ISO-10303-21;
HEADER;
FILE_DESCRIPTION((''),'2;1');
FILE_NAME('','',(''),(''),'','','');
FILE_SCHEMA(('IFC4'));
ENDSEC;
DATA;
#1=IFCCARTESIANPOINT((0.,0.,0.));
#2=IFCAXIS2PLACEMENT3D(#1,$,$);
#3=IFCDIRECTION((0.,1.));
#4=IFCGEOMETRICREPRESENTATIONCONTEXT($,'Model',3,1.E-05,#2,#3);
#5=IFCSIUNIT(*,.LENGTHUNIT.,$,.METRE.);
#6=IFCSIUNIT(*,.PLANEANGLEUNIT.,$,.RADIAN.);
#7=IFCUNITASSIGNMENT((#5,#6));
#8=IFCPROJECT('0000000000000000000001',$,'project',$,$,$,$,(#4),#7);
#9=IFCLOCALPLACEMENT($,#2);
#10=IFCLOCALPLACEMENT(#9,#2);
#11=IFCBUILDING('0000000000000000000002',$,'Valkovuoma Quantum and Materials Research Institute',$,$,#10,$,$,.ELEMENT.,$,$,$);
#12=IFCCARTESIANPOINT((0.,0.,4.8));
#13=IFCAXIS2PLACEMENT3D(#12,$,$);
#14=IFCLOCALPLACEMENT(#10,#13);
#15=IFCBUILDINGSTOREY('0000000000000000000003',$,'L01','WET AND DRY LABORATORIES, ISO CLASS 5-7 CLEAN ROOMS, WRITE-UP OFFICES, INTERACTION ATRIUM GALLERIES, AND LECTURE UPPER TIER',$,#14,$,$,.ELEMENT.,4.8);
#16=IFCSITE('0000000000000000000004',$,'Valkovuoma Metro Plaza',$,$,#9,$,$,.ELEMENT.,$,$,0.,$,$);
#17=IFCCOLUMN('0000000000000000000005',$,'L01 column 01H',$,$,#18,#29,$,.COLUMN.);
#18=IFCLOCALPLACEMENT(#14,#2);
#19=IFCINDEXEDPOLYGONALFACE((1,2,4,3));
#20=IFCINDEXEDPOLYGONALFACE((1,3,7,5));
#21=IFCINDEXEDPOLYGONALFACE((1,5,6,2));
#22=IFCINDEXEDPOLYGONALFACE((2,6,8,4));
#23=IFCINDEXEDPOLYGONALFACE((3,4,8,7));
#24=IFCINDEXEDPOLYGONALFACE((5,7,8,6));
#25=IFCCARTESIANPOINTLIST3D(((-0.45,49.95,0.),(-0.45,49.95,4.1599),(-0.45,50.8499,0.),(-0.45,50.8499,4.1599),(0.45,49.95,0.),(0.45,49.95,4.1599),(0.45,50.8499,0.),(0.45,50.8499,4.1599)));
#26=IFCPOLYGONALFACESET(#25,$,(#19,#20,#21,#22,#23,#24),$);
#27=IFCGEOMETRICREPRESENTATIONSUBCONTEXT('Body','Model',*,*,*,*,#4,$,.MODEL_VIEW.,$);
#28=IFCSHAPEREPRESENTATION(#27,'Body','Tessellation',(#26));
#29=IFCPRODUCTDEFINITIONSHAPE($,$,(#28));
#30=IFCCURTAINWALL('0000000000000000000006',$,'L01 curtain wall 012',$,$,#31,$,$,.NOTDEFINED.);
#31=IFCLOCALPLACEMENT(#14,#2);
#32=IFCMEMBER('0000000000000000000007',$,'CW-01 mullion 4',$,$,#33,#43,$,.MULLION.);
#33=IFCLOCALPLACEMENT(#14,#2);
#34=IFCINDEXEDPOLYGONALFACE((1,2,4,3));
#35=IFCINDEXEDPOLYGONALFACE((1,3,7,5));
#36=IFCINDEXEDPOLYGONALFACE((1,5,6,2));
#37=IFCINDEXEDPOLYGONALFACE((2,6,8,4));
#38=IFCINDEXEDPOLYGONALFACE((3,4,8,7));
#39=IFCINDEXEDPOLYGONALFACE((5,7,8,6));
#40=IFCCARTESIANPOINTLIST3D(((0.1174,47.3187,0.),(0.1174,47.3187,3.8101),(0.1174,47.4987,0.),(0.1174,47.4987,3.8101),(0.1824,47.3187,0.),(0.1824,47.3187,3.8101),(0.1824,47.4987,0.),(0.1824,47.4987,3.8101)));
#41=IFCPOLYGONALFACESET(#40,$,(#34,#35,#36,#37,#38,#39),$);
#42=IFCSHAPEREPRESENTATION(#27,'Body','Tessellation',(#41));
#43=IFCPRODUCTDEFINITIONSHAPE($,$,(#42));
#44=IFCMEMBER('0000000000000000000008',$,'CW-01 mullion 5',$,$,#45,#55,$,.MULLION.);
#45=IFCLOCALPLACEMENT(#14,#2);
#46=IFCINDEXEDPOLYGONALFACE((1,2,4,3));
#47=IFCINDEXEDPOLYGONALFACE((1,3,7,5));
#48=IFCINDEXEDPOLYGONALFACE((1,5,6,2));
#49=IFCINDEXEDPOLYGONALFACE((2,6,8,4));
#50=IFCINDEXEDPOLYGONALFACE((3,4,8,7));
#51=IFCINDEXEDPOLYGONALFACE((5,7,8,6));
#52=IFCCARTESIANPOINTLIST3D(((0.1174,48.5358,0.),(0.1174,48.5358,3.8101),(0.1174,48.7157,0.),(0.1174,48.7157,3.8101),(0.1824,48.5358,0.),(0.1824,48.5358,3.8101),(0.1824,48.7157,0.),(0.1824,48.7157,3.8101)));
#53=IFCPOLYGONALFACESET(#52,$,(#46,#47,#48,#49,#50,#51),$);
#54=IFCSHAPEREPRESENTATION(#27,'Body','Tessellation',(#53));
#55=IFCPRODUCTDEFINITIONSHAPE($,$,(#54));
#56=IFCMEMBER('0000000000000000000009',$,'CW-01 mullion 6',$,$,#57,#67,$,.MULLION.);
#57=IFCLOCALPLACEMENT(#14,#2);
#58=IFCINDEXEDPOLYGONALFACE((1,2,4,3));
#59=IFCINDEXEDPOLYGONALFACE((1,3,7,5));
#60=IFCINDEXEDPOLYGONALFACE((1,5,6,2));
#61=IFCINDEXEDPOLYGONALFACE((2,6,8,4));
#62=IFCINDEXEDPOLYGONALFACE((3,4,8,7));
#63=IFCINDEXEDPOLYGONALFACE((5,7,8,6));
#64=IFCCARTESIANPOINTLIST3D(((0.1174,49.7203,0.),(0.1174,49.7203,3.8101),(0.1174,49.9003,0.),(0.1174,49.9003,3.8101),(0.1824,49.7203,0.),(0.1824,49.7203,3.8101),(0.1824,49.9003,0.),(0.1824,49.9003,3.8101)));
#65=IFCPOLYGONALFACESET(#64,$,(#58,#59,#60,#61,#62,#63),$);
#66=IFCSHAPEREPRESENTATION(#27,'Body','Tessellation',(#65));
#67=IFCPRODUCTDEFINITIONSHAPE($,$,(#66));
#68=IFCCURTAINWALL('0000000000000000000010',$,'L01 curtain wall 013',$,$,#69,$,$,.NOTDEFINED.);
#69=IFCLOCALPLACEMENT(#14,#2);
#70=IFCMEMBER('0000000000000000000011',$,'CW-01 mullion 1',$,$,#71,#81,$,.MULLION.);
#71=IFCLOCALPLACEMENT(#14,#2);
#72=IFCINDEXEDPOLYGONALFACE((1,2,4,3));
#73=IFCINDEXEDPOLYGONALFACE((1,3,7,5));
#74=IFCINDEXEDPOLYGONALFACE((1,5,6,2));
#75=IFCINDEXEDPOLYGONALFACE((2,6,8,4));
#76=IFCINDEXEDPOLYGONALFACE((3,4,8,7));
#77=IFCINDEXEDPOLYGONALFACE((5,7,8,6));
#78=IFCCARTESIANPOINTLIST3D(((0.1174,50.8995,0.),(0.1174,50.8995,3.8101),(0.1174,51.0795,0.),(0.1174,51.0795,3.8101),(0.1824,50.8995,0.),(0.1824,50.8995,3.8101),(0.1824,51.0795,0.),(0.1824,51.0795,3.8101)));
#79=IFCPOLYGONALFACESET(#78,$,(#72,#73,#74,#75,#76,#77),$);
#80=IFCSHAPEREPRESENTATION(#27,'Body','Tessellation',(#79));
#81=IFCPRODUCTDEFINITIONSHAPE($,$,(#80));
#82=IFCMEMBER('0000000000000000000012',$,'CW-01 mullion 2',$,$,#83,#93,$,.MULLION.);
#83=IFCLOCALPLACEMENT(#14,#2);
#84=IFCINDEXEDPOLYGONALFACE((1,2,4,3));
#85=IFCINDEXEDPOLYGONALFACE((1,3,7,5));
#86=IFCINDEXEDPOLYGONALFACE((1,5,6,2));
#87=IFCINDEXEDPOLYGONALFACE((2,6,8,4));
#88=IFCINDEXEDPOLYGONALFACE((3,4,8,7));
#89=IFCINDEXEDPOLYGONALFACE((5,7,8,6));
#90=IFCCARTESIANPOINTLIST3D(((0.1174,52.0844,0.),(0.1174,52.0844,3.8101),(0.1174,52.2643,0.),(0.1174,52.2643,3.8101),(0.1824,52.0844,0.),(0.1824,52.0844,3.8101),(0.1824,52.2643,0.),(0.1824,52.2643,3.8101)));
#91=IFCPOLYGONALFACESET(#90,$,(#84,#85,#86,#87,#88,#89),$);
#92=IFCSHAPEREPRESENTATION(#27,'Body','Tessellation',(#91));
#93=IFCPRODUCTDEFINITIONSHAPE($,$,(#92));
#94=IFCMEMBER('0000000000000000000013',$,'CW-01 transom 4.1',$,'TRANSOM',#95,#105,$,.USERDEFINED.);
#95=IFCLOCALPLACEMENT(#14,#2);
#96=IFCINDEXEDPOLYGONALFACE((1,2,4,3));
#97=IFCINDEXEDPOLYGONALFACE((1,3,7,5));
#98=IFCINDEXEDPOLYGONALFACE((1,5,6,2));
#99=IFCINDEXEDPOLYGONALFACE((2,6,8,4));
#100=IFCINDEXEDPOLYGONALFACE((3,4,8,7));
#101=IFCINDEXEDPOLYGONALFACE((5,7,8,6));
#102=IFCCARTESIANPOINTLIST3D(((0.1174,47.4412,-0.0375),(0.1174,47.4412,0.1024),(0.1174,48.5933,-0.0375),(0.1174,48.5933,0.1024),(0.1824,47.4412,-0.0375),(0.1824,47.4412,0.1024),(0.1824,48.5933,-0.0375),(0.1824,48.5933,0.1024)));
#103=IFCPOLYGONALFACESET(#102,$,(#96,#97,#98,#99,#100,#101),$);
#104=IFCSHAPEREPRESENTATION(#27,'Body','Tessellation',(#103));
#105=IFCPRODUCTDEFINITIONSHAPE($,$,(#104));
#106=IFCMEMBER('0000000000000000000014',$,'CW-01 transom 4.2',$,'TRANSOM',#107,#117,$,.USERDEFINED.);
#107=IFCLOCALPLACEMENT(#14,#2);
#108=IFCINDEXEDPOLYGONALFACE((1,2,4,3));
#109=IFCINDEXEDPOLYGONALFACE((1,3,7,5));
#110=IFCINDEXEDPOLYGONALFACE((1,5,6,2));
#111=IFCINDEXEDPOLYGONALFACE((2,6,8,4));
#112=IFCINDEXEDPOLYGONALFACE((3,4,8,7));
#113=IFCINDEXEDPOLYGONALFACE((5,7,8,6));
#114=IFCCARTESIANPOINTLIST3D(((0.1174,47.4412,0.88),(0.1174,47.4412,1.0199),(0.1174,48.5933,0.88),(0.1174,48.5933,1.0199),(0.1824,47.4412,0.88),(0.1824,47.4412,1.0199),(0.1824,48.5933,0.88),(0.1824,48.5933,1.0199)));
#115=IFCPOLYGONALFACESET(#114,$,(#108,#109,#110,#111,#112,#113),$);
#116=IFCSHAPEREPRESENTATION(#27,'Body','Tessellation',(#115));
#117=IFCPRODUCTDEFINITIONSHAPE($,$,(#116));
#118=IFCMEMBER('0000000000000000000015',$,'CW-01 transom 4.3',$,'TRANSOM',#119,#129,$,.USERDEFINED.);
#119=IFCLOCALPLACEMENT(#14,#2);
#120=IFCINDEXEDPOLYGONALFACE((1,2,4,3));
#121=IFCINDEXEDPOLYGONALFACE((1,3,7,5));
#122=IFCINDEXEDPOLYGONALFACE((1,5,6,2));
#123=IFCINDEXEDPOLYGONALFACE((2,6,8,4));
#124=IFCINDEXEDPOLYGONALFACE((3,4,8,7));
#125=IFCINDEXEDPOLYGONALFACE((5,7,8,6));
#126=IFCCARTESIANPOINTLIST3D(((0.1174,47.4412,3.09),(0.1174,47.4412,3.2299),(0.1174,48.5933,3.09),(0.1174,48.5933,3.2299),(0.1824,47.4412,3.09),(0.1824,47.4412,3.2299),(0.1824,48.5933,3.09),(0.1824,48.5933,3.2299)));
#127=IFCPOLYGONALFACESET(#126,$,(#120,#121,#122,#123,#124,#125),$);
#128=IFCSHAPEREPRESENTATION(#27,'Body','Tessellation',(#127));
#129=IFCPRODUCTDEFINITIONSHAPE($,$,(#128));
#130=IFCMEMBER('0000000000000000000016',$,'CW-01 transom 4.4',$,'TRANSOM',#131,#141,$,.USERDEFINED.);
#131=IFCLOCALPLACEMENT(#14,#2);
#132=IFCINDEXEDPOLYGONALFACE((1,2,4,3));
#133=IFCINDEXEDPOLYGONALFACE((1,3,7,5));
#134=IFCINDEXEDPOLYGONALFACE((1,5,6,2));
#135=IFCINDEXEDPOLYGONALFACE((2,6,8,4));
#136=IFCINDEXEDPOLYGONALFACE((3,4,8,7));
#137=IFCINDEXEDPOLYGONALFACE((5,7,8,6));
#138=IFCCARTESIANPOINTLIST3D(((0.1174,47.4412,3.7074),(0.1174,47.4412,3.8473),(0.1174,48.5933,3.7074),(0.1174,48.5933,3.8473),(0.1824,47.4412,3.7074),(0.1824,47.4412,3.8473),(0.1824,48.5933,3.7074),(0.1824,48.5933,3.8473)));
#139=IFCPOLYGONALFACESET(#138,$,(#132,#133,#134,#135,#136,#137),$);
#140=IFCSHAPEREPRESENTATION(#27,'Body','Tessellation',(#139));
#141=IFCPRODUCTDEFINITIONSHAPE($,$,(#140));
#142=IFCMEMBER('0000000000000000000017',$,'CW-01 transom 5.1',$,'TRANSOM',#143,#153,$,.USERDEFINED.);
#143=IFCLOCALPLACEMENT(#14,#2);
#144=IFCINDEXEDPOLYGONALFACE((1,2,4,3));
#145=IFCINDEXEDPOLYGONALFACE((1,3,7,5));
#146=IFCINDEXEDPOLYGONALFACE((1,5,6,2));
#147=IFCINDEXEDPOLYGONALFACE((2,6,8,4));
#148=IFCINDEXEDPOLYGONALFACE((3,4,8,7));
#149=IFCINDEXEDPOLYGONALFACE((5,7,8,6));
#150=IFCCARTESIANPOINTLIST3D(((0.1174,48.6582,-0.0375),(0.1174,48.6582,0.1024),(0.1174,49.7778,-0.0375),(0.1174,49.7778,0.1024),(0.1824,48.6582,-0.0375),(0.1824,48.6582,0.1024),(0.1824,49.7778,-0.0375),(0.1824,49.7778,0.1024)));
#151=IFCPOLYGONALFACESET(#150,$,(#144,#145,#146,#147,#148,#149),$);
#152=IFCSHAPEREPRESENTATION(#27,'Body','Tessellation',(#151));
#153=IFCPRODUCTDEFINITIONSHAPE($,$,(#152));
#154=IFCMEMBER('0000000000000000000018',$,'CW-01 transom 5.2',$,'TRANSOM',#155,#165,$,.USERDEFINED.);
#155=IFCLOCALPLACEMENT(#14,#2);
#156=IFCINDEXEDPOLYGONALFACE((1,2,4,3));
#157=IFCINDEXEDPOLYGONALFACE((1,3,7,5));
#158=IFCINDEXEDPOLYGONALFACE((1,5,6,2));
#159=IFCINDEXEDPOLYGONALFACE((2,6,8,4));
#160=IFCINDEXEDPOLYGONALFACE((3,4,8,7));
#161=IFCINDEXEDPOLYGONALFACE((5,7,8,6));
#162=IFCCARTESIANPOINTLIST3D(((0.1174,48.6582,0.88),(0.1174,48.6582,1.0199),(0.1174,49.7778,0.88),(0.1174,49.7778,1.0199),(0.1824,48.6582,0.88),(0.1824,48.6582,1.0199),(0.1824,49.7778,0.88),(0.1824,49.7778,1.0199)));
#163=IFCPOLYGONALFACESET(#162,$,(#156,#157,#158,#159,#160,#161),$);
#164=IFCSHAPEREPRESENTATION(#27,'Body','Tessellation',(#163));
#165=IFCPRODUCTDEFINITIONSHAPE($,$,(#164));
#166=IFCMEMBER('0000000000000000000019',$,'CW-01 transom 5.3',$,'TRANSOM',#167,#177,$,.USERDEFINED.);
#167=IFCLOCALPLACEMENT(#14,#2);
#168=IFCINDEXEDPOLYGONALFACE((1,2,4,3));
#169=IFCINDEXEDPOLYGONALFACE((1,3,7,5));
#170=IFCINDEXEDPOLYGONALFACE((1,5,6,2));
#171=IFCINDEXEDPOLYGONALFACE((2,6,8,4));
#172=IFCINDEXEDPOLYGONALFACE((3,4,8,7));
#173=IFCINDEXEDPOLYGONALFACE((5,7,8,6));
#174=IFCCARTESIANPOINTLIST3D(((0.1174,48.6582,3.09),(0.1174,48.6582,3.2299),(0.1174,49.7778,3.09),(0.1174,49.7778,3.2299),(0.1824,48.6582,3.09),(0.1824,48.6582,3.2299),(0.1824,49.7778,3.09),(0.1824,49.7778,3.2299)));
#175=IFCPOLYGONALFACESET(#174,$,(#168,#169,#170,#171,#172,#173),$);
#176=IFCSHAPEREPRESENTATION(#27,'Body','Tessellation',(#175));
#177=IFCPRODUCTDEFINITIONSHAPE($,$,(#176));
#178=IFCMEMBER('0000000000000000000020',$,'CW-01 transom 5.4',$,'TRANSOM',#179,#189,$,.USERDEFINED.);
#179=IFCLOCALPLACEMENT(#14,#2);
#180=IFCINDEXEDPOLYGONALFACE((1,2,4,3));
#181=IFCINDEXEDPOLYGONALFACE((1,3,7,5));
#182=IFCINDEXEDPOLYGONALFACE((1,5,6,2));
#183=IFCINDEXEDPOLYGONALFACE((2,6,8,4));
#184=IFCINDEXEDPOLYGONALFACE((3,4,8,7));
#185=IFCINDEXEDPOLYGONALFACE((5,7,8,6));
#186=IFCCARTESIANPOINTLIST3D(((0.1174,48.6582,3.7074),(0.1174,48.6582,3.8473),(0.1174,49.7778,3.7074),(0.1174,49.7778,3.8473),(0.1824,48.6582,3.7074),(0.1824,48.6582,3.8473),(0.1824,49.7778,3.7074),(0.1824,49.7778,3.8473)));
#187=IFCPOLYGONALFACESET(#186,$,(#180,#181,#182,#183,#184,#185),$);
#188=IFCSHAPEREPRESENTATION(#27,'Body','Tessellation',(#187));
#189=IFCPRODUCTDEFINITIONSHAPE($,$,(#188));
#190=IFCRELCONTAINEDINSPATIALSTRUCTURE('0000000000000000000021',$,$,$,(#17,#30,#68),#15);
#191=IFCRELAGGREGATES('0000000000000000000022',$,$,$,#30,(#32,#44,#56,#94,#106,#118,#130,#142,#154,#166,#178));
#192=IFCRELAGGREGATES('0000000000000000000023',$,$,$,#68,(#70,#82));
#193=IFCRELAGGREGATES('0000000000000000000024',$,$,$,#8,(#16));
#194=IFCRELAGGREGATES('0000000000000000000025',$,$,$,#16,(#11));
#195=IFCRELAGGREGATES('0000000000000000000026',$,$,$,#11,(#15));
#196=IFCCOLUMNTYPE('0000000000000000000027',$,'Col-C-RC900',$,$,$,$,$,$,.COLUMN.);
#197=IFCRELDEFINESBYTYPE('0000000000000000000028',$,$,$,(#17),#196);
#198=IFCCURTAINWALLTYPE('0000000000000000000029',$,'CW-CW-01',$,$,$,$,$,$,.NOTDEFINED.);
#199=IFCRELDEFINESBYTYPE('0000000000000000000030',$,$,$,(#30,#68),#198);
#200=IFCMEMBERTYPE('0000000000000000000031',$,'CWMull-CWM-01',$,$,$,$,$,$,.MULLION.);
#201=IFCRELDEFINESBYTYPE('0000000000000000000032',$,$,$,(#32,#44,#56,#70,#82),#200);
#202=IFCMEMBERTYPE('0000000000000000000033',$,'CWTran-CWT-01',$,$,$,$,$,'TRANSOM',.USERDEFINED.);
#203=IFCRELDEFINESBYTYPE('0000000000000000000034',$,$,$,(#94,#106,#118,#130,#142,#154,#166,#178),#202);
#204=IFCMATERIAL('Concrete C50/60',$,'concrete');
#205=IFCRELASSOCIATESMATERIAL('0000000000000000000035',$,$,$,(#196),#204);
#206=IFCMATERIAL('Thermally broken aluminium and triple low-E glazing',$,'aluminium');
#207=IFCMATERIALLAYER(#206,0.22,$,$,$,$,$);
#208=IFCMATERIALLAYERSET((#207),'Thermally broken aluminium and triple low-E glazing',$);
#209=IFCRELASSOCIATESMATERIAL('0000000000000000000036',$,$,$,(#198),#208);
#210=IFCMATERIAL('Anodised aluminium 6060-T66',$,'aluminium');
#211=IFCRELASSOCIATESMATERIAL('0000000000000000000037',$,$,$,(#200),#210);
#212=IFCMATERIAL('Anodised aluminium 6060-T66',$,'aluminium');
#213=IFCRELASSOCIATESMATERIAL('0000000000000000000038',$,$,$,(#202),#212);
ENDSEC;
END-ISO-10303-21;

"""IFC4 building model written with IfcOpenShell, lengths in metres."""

from ifc_helpers import new_model, si_unit, direction, frame, origin, origin_2d, place, context, subcontext, project, spatial, rectangle, extrude, material, layer, layer_set, material_profile, profile_set, type_object, element, aggregate, save


model = new_model("IFC4")

# Units and contexts
model_context = context("Model", 3, precision=1e-05, world=origin(), true_north=direction((0.0, 1.0)))
body_context = subcontext(model_context, "Body", "Model", "MODEL_VIEW")
ifc_project = project(units=[si_unit("LENGTHUNIT", "METRE"), si_unit("PLANEANGLEUNIT", "RADIAN")], contexts=[model_context])

# Site, building, storey
site_placement = place(None, origin())
site = spatial("IfcSite", under=ifc_project, at=site_placement, Name="Valkovuoma Metro Plaza", CompositionType="ELEMENT", RefElevation=0.0)
building_placement = place(site_placement, origin())
building = spatial("IfcBuilding", under=site, at=building_placement, Name="Valkovuoma Quantum and Materials Research Institute", CompositionType="ELEMENT")
storey_placement = place(building_placement, frame((0.0, 0.0, 4.8)))
storey = spatial("IfcBuildingStorey", under=building, at=storey_placement, Name="L01", Description="WET AND DRY LABORATORIES, ISO CLASS 5-7 CLEAN ROOMS, WRITE-UP OFFICES, INTERACTION ATRIUM GALLERIES, AND LECTURE UPPER TIER", CompositionType="ELEMENT", Elevation=4.8)

# Column
ifc_material_1 = material(Name="Concrete C50/60", Category="concrete")
ifc_material_profile_1 = material_profile(ifc_material_1, rectangle(XDim=0.8999, YDim=0.8999, at=origin_2d()), Name="Concrete C50/60")
ifc_profile_set_1 = profile_set([ifc_material_profile_1], Name="Concrete C50/60")
column_type = type_object("IfcColumnType", Name="Col-C-RC900", PredefinedType="COLUMN", material=ifc_profile_set_1)
column_placement = place(storey_placement, frame((0.0, 50.3999, 0.0), z_axis=(0.0, 0.0, 1.0), x_axis=(1.0, 0.0, 0.0)))
element("IfcColumn", 1, at=column_placement, inside=storey, type_object=column_type, Name="L01 column 01H", PredefinedType="COLUMN", context=body_context, shape_type="SweptSolid", body=[
    extrude(rectangle(XDim=0.8999, YDim=0.8999, at=origin_2d()), origin(), (0.0, 0.0, 1.0), 4.1599),
])

# Curtain walls, members
ifc_material_2 = material(Name="Thermally broken aluminium and triple low-E glazing", Category="aluminium")
ifc_layer_1 = layer(ifc_material_2, 0.22)
ifc_layer_set_1 = layer_set([ifc_layer_1], Name="Thermally broken aluminium and triple low-E glazing")
curtain_wall_type = type_object("IfcCurtainWallType", Name="CW-CW-01", PredefinedType="NOTDEFINED", material=ifc_layer_set_1)
curtain_wall_1_placement = place(storey_placement, origin())
curtain_wall_1 = element("IfcCurtainWall", 2, at=curtain_wall_1_placement, inside=storey, type_object=curtain_wall_type, Name="L01 curtain wall 012", PredefinedType="NOTDEFINED")
ifc_material_3 = material(Name="Anodised aluminium 6060-T66", Category="aluminium")
ifc_material_profile_2 = material_profile(ifc_material_3, rectangle(XDim=0.0649, YDim=0.1799, at=origin_2d()), Name="Anodised aluminium 6060-T66")
ifc_profile_set_2 = profile_set([ifc_material_profile_2], Name="Anodised aluminium 6060-T66")
member_type_1 = type_object("IfcMemberType", Name="CWMull-CWM-01", PredefinedType="MULLION", material=ifc_profile_set_2)
member_1_placement = place(storey_placement, frame((0.1499, 47.4087, 0.0), z_axis=(0.0, 0.0, 1.0), x_axis=(-1.0, 0.0, 0.0)))
member_1 = element("IfcMember", 3, at=member_1_placement, type_object=member_type_1, Name="CW-01 mullion 4", PredefinedType="MULLION", context=body_context, shape_type="SweptSolid", body=[
    extrude(rectangle(XDim=0.0649, YDim=0.1799, at=origin_2d()), origin(), (0.0, 0.0, 1.0), 3.8101),
])
member_2_placement = place(storey_placement, frame((0.1499, 48.6257, 0.0), z_axis=(0.0, 0.0, 1.0), x_axis=(-1.0, 0.0, 0.0)))
member_2 = element("IfcMember", 4, at=member_2_placement, type_object=member_type_1, Name="CW-01 mullion 5", PredefinedType="MULLION", context=body_context, shape_type="SweptSolid", body=[
    extrude(rectangle(XDim=0.0649, YDim=0.1799, at=origin_2d()), origin(), (0.0, 0.0, 1.0), 3.8101),
])
member_3_placement = place(storey_placement, frame((0.1499, 49.8103, 0.0), z_axis=(0.0, 0.0, 1.0), x_axis=(-1.0, 0.0, 0.0)))
member_3 = element("IfcMember", 5, at=member_3_placement, type_object=member_type_1, Name="CW-01 mullion 6", PredefinedType="MULLION", context=body_context, shape_type="SweptSolid", body=[
    extrude(rectangle(XDim=0.0649, YDim=0.1799, at=origin_2d()), origin(), (0.0, 0.0, 1.0), 3.8101),
])
curtain_wall_2_placement = place(storey_placement, origin())
curtain_wall_2 = element("IfcCurtainWall", 6, at=curtain_wall_2_placement, inside=storey, type_object=curtain_wall_type, Name="L01 curtain wall 013", PredefinedType="NOTDEFINED")
member_4_placement = place(storey_placement, frame((0.1499, 50.9895, 0.0), z_axis=(0.0, 0.0, 1.0), x_axis=(-1.0, 0.0, 0.0)))
member_4 = element("IfcMember", 7, at=member_4_placement, type_object=member_type_1, Name="CW-01 mullion 1", PredefinedType="MULLION", context=body_context, shape_type="SweptSolid", body=[
    extrude(rectangle(XDim=0.0649, YDim=0.1799, at=origin_2d()), origin(), (0.0, 0.0, 1.0), 3.8101),
])
member_5_placement = place(storey_placement, frame((0.1499, 52.1743, 0.0), z_axis=(0.0, 0.0, 1.0), x_axis=(-1.0, 0.0, 0.0)))
member_5 = element("IfcMember", 8, at=member_5_placement, type_object=member_type_1, Name="CW-01 mullion 2", PredefinedType="MULLION", context=body_context, shape_type="SweptSolid", body=[
    extrude(rectangle(XDim=0.0649, YDim=0.1799, at=origin_2d()), origin(), (0.0, 0.0, 1.0), 3.8101),
])

# Members
ifc_material_4 = material(Name="Anodised aluminium 6060-T66", Category="aluminium")
ifc_material_profile_3 = material_profile(ifc_material_4, rectangle(XDim=0.0649, YDim=0.1399, at=origin_2d()), Name="Anodised aluminium 6060-T66")
ifc_profile_set_3 = profile_set([ifc_material_profile_3], Name="Anodised aluminium 6060-T66")
member_type_2 = type_object("IfcMemberType", Name="CWTran-CWT-01", ElementType="TRANSOM", PredefinedType="USERDEFINED", material=ifc_profile_set_3)
member_6_placement = place(storey_placement, frame((0.1499, 47.4412, 0.0325), z_axis=(0.0, 1.0, 0.0), x_axis=(-1.0, 0.0, 0.0)))
member_6 = element("IfcMember", 9, at=member_6_placement, type_object=member_type_2, Name="CW-01 transom 4.1", ObjectType="TRANSOM", PredefinedType="USERDEFINED", context=body_context, shape_type="SweptSolid", body=[
    extrude(rectangle(XDim=0.0649, YDim=0.1399, at=origin_2d()), origin(), (0.0, 0.0, 1.0), 1.1521),
])
member_7_placement = place(storey_placement, frame((0.1499, 47.4412, 0.95), z_axis=(0.0, 1.0, 0.0), x_axis=(-1.0, 0.0, 0.0)))
member_7 = element("IfcMember", 10, at=member_7_placement, type_object=member_type_2, Name="CW-01 transom 4.2", ObjectType="TRANSOM", PredefinedType="USERDEFINED", context=body_context, shape_type="SweptSolid", body=[
    extrude(rectangle(XDim=0.0649, YDim=0.1399, at=origin_2d()), origin(), (0.0, 0.0, 1.0), 1.1521),
])
member_8_placement = place(storey_placement, frame((0.1499, 47.4412, 3.1599), z_axis=(0.0, 1.0, 0.0), x_axis=(-1.0, 0.0, 0.0)))
member_8 = element("IfcMember", 11, at=member_8_placement, type_object=member_type_2, Name="CW-01 transom 4.3", ObjectType="TRANSOM", PredefinedType="USERDEFINED", context=body_context, shape_type="SweptSolid", body=[
    extrude(rectangle(XDim=0.0649, YDim=0.1399, at=origin_2d()), origin(), (0.0, 0.0, 1.0), 1.1521),
])
member_9_placement = place(storey_placement, frame((0.1499, 47.4412, 3.7773), z_axis=(0.0, 1.0, 0.0), x_axis=(-1.0, 0.0, 0.0)))
member_9 = element("IfcMember", 12, at=member_9_placement, type_object=member_type_2, Name="CW-01 transom 4.4", ObjectType="TRANSOM", PredefinedType="USERDEFINED", context=body_context, shape_type="SweptSolid", body=[
    extrude(rectangle(XDim=0.0649, YDim=0.1399, at=origin_2d()), origin(), (0.0, 0.0, 1.0), 1.1521),
])
member_10_placement = place(storey_placement, frame((0.1499, 48.6582, 0.0325), z_axis=(0.0, 1.0, 0.0), x_axis=(-1.0, 0.0, 0.0)))
member_10 = element("IfcMember", 13, at=member_10_placement, type_object=member_type_2, Name="CW-01 transom 5.1", ObjectType="TRANSOM", PredefinedType="USERDEFINED", context=body_context, shape_type="SweptSolid", body=[
    extrude(rectangle(XDim=0.0649, YDim=0.1399, at=origin_2d()), origin(), (0.0, 0.0, 1.0), 1.1196),
])
member_11_placement = place(storey_placement, frame((0.1499, 48.6582, 0.95), z_axis=(0.0, 1.0, 0.0), x_axis=(-1.0, 0.0, 0.0)))
member_11 = element("IfcMember", 14, at=member_11_placement, type_object=member_type_2, Name="CW-01 transom 5.2", ObjectType="TRANSOM", PredefinedType="USERDEFINED", context=body_context, shape_type="SweptSolid", body=[
    extrude(rectangle(XDim=0.0649, YDim=0.1399, at=origin_2d()), origin(), (0.0, 0.0, 1.0), 1.1196),
])
member_12_placement = place(storey_placement, frame((0.1499, 48.6582, 3.1599), z_axis=(0.0, 1.0, 0.0), x_axis=(-1.0, 0.0, 0.0)))
member_12 = element("IfcMember", 15, at=member_12_placement, type_object=member_type_2, Name="CW-01 transom 5.3", ObjectType="TRANSOM", PredefinedType="USERDEFINED", context=body_context, shape_type="SweptSolid", body=[
    extrude(rectangle(XDim=0.0649, YDim=0.1399, at=origin_2d()), origin(), (0.0, 0.0, 1.0), 1.1196),
])
member_13_placement = place(storey_placement, frame((0.1499, 48.6582, 3.7773), z_axis=(0.0, 1.0, 0.0), x_axis=(-1.0, 0.0, 0.0)))
member_13 = element("IfcMember", 16, at=member_13_placement, type_object=member_type_2, Name="CW-01 transom 5.4", ObjectType="TRANSOM", PredefinedType="USERDEFINED", context=body_context, shape_type="SweptSolid", body=[
    extrude(rectangle(XDim=0.0649, YDim=0.1399, at=origin_2d()), origin(), (0.0, 0.0, 1.0), 1.1196),
])

aggregate(curtain_wall_1, [member_1, member_2, member_3, member_6, member_7, member_8, member_9, member_10, member_11, member_12, member_13])
aggregate(curtain_wall_2, [member_4, member_5])

save(model, "model.ifc")
